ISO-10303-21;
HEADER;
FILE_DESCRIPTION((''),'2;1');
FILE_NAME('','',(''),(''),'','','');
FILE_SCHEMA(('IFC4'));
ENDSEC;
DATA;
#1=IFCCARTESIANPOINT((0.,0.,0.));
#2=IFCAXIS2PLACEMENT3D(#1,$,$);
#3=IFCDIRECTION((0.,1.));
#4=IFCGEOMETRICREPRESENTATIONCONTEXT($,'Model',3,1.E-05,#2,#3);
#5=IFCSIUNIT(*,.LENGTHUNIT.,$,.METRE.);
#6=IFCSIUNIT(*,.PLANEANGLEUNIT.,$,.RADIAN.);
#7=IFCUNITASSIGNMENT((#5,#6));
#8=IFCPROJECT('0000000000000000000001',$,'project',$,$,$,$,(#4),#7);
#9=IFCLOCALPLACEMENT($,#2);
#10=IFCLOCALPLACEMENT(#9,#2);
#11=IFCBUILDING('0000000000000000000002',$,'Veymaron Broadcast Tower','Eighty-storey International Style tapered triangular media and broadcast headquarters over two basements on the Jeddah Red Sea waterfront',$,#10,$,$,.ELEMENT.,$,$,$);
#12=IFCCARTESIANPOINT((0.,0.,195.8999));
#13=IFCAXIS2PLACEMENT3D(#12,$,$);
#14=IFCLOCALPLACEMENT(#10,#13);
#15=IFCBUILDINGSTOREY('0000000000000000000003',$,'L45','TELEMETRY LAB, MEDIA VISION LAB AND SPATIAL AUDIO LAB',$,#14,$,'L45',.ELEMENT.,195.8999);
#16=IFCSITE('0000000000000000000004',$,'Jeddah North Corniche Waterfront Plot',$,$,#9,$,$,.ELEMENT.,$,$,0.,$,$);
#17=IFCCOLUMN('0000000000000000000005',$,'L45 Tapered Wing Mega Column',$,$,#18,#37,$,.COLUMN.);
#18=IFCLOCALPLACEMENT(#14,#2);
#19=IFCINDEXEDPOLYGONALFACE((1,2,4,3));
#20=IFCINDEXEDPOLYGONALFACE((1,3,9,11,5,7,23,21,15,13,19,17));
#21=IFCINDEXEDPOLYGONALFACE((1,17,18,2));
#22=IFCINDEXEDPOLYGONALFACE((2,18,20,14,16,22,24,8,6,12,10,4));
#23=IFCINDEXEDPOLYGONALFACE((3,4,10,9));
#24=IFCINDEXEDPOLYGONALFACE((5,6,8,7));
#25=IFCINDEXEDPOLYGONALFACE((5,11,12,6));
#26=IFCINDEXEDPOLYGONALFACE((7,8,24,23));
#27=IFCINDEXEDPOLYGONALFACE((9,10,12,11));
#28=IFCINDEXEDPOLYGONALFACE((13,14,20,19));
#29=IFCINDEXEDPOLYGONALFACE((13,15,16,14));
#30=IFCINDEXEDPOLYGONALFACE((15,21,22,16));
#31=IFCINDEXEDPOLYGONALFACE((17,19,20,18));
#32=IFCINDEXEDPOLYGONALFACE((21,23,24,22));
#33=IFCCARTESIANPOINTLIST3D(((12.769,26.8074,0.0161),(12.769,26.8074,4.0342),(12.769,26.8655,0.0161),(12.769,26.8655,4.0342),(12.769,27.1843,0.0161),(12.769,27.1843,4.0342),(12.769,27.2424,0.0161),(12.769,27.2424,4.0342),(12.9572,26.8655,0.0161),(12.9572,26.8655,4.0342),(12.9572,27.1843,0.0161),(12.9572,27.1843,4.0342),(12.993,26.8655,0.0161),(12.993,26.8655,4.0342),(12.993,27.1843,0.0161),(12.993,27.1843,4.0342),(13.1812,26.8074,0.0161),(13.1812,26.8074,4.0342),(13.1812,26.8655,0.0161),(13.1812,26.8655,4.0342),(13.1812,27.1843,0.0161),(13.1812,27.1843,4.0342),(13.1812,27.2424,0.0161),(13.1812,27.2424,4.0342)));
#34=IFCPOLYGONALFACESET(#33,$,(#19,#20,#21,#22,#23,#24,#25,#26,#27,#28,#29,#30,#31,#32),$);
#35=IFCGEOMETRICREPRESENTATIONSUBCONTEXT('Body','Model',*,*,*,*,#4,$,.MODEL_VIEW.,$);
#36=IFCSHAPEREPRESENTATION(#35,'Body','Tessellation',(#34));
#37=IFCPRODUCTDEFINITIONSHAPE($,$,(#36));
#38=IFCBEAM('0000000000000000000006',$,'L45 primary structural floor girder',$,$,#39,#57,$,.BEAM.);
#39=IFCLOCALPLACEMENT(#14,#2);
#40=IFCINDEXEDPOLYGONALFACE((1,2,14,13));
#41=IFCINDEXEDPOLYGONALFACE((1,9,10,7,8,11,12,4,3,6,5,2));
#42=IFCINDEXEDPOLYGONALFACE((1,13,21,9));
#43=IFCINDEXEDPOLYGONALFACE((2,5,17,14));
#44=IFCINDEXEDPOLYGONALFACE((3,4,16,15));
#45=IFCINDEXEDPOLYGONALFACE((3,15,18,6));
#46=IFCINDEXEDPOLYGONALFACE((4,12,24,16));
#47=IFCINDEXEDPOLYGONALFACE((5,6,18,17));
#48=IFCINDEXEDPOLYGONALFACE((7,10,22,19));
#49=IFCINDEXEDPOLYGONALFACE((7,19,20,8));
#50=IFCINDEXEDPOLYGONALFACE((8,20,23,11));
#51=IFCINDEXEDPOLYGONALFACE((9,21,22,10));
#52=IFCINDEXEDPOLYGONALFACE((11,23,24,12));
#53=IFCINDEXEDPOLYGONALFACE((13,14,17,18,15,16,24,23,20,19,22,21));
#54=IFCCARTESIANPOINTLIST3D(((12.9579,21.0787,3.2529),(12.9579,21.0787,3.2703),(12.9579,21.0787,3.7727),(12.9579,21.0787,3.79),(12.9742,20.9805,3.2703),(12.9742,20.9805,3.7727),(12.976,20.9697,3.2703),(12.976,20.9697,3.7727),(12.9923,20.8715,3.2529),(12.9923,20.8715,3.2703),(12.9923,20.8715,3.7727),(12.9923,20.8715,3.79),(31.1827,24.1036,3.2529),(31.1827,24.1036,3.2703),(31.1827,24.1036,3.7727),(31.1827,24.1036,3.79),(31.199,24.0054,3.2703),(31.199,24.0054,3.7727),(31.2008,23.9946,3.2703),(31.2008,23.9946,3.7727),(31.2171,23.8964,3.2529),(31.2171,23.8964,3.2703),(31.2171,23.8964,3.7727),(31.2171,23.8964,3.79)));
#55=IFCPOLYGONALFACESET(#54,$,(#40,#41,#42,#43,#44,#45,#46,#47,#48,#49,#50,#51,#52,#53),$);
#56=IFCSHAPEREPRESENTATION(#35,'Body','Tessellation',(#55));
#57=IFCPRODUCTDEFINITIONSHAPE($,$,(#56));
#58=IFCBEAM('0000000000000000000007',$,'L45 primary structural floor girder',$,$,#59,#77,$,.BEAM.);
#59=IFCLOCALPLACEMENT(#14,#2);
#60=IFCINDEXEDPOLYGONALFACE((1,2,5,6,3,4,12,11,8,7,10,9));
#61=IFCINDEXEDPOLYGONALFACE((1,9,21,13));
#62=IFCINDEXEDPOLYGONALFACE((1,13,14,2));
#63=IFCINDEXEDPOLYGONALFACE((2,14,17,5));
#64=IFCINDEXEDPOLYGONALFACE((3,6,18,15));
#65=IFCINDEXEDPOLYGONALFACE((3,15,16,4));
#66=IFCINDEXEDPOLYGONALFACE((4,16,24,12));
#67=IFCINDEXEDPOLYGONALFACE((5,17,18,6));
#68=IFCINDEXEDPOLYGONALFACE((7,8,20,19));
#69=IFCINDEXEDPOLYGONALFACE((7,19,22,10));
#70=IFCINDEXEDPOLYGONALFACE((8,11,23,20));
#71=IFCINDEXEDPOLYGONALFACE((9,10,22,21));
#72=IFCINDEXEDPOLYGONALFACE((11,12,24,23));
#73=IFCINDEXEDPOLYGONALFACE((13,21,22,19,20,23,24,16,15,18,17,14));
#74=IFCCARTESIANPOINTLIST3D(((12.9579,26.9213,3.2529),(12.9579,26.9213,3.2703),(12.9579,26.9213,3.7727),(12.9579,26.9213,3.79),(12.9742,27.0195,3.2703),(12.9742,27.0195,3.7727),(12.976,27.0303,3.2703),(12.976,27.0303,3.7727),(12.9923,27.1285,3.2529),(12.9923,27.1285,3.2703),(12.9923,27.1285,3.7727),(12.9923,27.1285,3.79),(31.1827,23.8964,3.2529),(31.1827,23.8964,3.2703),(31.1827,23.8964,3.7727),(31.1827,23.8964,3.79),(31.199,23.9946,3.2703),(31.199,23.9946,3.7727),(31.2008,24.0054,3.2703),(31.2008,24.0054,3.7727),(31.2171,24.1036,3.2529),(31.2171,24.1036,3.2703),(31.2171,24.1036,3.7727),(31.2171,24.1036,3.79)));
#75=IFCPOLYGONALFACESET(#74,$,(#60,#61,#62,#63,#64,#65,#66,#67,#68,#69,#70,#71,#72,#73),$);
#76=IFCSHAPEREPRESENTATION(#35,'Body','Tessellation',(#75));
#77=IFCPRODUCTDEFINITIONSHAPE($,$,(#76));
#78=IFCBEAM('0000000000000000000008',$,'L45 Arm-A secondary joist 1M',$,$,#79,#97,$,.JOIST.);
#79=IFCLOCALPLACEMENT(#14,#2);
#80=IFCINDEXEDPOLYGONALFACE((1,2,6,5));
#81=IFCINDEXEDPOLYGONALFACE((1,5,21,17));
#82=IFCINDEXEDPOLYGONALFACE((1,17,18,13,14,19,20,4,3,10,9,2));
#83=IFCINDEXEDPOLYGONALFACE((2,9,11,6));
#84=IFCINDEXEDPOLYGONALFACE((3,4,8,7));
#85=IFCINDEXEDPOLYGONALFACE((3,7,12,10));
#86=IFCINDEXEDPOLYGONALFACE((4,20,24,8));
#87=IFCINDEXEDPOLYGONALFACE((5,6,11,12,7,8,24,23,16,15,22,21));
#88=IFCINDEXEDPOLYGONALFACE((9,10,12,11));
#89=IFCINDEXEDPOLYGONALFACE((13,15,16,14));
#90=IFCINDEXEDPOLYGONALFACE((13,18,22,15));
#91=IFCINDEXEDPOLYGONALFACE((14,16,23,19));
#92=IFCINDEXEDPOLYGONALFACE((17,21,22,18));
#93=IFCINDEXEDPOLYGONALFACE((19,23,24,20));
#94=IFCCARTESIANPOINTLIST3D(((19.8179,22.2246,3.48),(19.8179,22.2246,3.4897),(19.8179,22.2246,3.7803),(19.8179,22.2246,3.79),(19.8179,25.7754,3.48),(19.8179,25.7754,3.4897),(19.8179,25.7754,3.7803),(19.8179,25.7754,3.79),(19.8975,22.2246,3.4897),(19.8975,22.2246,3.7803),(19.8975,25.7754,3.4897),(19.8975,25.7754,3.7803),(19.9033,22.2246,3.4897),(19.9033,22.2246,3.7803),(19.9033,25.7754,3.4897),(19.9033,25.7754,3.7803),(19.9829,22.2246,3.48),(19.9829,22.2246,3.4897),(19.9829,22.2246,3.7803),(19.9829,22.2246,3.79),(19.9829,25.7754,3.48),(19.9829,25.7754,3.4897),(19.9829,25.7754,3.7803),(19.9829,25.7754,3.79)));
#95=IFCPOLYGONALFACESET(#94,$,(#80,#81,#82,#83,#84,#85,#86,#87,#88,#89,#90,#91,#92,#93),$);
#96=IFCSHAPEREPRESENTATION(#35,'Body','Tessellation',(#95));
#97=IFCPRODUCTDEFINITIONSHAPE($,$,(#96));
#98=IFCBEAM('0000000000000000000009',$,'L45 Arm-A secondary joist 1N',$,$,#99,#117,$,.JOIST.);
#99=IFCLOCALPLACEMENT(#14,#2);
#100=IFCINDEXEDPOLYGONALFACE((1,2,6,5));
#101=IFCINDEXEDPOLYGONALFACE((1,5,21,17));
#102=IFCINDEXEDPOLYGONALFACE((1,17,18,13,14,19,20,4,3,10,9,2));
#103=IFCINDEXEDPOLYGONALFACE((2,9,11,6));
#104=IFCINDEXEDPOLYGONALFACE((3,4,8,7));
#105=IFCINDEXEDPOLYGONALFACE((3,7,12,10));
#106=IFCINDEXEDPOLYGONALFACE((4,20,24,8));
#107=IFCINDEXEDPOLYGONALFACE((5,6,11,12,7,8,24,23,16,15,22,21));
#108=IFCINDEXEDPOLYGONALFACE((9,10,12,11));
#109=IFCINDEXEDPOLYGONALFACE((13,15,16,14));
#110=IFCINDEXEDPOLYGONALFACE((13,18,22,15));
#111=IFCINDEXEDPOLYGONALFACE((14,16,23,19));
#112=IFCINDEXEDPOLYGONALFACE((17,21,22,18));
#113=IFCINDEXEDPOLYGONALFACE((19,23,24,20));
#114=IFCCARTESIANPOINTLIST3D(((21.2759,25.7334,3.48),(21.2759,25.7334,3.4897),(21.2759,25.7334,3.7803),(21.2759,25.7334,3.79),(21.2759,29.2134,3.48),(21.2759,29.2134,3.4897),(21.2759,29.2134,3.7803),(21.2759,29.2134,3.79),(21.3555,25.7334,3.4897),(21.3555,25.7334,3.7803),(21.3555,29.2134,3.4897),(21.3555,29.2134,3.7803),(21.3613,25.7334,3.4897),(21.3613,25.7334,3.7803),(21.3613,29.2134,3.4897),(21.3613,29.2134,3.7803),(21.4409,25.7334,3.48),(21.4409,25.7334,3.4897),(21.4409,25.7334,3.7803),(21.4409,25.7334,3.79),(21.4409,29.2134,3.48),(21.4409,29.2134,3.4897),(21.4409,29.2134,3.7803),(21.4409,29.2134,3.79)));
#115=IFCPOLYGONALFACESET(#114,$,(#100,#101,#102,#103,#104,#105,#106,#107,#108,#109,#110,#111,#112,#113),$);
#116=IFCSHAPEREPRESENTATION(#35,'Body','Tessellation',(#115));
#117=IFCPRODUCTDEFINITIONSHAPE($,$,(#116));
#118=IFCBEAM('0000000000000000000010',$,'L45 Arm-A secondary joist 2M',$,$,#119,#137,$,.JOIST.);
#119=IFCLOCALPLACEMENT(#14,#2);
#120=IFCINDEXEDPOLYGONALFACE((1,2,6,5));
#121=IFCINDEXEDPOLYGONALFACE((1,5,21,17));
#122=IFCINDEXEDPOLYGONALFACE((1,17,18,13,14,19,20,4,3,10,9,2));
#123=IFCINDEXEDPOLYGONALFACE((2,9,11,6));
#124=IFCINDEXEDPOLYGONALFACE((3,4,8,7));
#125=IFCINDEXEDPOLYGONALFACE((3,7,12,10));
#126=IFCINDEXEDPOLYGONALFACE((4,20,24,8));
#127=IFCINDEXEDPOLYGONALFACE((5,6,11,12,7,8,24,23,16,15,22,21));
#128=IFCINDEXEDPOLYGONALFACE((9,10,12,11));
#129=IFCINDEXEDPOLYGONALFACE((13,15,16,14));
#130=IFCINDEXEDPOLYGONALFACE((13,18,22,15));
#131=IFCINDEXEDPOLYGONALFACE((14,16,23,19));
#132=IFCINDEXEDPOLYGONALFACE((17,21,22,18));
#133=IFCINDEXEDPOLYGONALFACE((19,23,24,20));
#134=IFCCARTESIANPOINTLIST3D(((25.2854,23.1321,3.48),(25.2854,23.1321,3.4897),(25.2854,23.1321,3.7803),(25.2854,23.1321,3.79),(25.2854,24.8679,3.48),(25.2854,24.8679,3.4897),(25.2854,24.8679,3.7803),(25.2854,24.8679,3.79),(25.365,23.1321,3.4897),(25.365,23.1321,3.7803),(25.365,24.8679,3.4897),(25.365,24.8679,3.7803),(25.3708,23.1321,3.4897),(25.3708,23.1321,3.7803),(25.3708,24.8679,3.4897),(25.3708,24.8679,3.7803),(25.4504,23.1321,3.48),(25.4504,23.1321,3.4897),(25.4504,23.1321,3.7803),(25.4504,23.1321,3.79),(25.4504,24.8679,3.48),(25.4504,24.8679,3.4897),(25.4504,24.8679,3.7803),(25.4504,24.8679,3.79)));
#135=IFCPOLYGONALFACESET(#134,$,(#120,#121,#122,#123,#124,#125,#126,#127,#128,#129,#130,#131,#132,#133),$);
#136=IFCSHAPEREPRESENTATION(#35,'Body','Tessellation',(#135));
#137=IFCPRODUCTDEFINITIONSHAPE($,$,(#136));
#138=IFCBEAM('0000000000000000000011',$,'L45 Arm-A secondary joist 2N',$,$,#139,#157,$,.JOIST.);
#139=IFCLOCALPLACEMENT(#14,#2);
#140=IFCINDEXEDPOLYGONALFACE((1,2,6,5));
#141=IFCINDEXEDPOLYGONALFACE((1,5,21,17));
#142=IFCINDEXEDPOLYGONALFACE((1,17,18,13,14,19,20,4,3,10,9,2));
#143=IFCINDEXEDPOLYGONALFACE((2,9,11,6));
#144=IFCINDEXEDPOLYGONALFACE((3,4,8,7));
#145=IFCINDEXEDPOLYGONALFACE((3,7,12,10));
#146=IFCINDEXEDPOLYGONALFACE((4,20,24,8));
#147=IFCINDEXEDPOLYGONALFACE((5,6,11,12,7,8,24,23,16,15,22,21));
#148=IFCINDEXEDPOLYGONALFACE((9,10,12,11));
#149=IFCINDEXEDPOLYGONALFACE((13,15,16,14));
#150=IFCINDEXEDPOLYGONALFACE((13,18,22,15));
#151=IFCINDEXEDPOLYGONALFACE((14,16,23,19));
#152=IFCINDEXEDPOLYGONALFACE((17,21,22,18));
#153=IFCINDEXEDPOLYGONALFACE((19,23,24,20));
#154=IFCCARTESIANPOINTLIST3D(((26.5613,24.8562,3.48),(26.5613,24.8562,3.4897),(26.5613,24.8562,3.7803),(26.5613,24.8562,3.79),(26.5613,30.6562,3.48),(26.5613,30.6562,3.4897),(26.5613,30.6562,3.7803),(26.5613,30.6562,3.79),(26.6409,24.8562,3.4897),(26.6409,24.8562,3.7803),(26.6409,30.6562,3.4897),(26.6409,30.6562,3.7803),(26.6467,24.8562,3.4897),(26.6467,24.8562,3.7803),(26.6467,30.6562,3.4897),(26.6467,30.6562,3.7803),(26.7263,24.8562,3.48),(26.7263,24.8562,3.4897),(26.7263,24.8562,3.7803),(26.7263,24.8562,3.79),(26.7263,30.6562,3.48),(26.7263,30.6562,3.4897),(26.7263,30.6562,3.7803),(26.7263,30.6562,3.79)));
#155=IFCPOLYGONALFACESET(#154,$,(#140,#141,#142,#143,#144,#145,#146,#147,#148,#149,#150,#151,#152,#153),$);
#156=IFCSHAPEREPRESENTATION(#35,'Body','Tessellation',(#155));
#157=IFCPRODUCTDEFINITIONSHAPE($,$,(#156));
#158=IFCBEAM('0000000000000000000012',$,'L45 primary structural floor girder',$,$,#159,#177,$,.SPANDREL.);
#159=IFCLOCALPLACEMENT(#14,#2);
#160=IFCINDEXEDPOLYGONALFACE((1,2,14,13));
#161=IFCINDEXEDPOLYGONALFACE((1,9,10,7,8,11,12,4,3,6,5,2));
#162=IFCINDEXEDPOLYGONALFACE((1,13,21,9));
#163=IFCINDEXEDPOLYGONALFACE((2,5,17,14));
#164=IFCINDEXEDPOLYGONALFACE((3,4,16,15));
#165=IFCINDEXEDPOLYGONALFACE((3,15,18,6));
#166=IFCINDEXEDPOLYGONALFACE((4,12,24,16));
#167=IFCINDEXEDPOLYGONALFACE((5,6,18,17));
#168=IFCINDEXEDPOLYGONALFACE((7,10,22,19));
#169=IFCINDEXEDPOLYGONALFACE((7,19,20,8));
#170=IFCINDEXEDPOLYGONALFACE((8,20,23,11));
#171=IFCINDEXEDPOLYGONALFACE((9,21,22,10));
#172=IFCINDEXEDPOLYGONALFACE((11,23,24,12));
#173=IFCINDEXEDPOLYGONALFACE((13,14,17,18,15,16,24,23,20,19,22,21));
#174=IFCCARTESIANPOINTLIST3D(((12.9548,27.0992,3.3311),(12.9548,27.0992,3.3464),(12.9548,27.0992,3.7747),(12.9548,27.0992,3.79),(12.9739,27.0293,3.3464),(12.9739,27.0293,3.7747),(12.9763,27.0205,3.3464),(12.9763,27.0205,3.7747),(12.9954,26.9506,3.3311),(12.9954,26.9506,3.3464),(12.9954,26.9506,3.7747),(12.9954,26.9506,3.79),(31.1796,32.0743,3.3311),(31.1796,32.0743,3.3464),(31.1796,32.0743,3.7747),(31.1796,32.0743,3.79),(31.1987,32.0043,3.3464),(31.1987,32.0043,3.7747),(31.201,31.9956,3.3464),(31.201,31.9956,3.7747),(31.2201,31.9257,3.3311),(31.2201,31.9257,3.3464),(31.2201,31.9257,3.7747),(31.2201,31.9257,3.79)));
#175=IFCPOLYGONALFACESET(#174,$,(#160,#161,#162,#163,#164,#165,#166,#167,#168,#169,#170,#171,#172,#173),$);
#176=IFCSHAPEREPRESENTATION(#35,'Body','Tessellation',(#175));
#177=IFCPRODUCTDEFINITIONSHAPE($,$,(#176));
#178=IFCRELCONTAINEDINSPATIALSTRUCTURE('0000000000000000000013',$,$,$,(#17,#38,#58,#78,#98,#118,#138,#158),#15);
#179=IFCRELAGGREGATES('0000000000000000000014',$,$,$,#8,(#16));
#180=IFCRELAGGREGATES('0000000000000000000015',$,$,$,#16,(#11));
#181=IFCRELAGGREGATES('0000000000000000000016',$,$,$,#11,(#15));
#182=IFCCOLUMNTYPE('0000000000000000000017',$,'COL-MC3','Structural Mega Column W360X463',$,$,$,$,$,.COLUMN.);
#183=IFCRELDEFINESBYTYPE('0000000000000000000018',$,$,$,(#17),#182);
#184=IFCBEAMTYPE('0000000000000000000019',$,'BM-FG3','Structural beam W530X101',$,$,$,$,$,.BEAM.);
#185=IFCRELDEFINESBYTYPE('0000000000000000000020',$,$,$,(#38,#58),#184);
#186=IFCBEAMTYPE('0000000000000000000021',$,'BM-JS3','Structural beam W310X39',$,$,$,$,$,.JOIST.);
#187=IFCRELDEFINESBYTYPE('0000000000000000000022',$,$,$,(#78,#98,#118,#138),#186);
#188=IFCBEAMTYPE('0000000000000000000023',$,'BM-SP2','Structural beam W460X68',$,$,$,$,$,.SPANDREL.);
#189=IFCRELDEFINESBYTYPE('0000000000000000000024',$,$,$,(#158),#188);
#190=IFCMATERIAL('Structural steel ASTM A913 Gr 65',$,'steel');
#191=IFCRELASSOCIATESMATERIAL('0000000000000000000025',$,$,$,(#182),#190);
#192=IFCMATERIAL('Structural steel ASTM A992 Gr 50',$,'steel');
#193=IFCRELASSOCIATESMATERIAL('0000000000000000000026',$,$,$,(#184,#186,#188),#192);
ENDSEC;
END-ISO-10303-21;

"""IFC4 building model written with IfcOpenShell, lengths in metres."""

from ifc_helpers import new_model, si_unit, direction, frame, origin, origin_2d, place, context, subcontext, project, spatial, i_section, extrude, material, material_profile, profile_set, type_object, element, save


model = new_model("IFC4")

# Units and contexts
model_context = context("Model", 3, precision=1e-05, world=origin(), true_north=direction((0.0, 1.0)))
body_context = subcontext(model_context, "Body", "Model", "MODEL_VIEW")
ifc_project = project(units=[si_unit("LENGTHUNIT", "METRE"), si_unit("PLANEANGLEUNIT", "RADIAN")], contexts=[model_context])

# Site, building, storey
site_placement = place(None, origin())
site = spatial("IfcSite", under=ifc_project, at=site_placement, Name="Jeddah North Corniche Waterfront Plot", CompositionType="ELEMENT", RefElevation=0.0)
building_placement = place(site_placement, origin())
building = spatial("IfcBuilding", under=site, at=building_placement, Name="Veymaron Broadcast Tower", Description="Eighty-storey International Style tapered triangular media and broadcast headquarters over two basements on the Jeddah Red Sea waterfront", CompositionType="ELEMENT")
storey_placement = place(building_placement, frame((0.0, 0.0, 195.8999)))
storey = spatial("IfcBuildingStorey", under=building, at=storey_placement, Name="L45", Description="TELEMETRY LAB, MEDIA VISION LAB AND SPATIAL AUDIO LAB", LongName="L45", CompositionType="ELEMENT", Elevation=195.8999)

# Column
ifc_material_1 = material(Name="Structural steel ASTM A913 Gr 65", Category="steel")
ifc_material_profile_1 = material_profile(ifc_material_1, i_section(OverallWidth=0.4121, OverallDepth=0.4351, WebThickness=0.0359, FlangeThickness=0.0581, at=origin_2d()), Name="W360X463")
ifc_profile_set_1 = profile_set([ifc_material_profile_1], Name="Structural steel ASTM A913 Gr 65")
column_type = type_object("IfcColumnType", Name="COL-MC3", Description="Structural Mega Column W360X463", PredefinedType="COLUMN", material=ifc_profile_set_1)
column_placement = place(storey_placement, frame((12.9751, 27.0249, 0.0161), z_axis=(0.0, 0.0, 1.0), x_axis=(1.0, 0.0, 0.0)))
element("IfcColumn", 1, at=column_placement, inside=storey, type_object=column_type, Name="L45 Tapered Wing Mega Column", PredefinedType="COLUMN", context=body_context, shape_type="SweptSolid", body=[
    extrude(i_section(OverallWidth=0.4121, OverallDepth=0.4351, WebThickness=0.0359, FlangeThickness=0.0581, at=origin_2d()), origin(), (0.0, 0.0, 1.0), 4.0181),
])

# Beams
ifc_material_2 = material(Name="Structural steel ASTM A992 Gr 50", Category="steel")
ifc_material_profile_2 = material_profile(ifc_material_2, i_section(OverallWidth=0.21, OverallDepth=0.5371, WebThickness=0.011, FlangeThickness=0.0173, at=origin_2d()), Name="W530X101")
ifc_profile_set_2 = profile_set([ifc_material_profile_2], Name="Structural steel ASTM A992 Gr 50")
beam_type_1 = type_object("IfcBeamType", Name="BM-FG3", Description="Structural beam W530X101", PredefinedType="BEAM", material=ifc_profile_set_2)
for number, where, z_axis, x_axis, name in (
    (2, (12.9751, 20.9751, 3.5215), (0.986504, 0.163737, 0.0), (-0.163737, 0.986504, 0.0), "L45 primary structural floor girder"),
    (3, (12.9751, 27.0249, 3.5215), (0.986504, -0.163737, 0.0), (0.163737, 0.986504, 0.0), "L45 primary structural floor girder"),
):
    element("IfcBeam", number, at=place(storey_placement, frame(where, z_axis=z_axis, x_axis=x_axis)), inside=storey, type_object=beam_type_1, Name=name, PredefinedType="BEAM", context=body_context, shape_type="SweptSolid", body=[
        extrude(i_section(OverallWidth=0.21, OverallDepth=0.5371, WebThickness=0.011, FlangeThickness=0.0173, at=origin_2d()), origin(), (0.0, 0.0, 1.0), 18.4741),
    ])
ifc_material_profile_3 = material_profile(ifc_material_2, i_section(OverallWidth=0.165, OverallDepth=0.3101, WebThickness=0.0059, FlangeThickness=0.0098, at=origin_2d()), Name="W310X39")
ifc_profile_set_3 = profile_set([ifc_material_profile_3], Name="Structural steel ASTM A992 Gr 50")
beam_type_2 = type_object("IfcBeamType", Name="BM-JS3", Description="Structural beam W310X39", PredefinedType="JOIST", material=ifc_profile_set_3)
beam_1_placement = place(storey_placement, frame((19.9004, 22.2246, 3.635), z_axis=(0.0, 1.0, 0.0), x_axis=(-1.0, 0.0, 0.0)))
element("IfcBeam", 4, at=beam_1_placement, inside=storey, type_object=beam_type_2, Name="L45 Arm-A secondary joist 1M", PredefinedType="JOIST", context=body_context, shape_type="SweptSolid", body=[
    extrude(i_section(OverallWidth=0.165, OverallDepth=0.3101, WebThickness=0.0059, FlangeThickness=0.0098, at=origin_2d()), origin(), (0.0, 0.0, 1.0), 3.5508),
])
beam_2_placement = place(storey_placement, frame((21.3584, 25.7334, 3.635), z_axis=(0.0, 1.0, 0.0), x_axis=(-1.0, 0.0, 0.0)))
element("IfcBeam", 5, at=beam_2_placement, inside=storey, type_object=beam_type_2, Name="L45 Arm-A secondary joist 1N", PredefinedType="JOIST", context=body_context, shape_type="SweptSolid", body=[
    extrude(i_section(OverallWidth=0.165, OverallDepth=0.3101, WebThickness=0.0059, FlangeThickness=0.0098, at=origin_2d()), origin(), (0.0, 0.0, 1.0), 3.48),
])
beam_3_placement = place(storey_placement, frame((25.3679, 23.1321, 3.635), z_axis=(0.0, 1.0, 0.0), x_axis=(-1.0, 0.0, 0.0)))
element("IfcBeam", 6, at=beam_3_placement, inside=storey, type_object=beam_type_2, Name="L45 Arm-A secondary joist 2M", PredefinedType="JOIST", context=body_context, shape_type="SweptSolid", body=[
    extrude(i_section(OverallWidth=0.165, OverallDepth=0.3101, WebThickness=0.0059, FlangeThickness=0.0098, at=origin_2d()), origin(), (0.0, 0.0, 1.0), 1.7358),
])
beam_4_placement = place(storey_placement, frame((26.6438, 24.8562, 3.635), z_axis=(0.0, 1.0, 0.0), x_axis=(-1.0, 0.0, 0.0)))
element("IfcBeam", 7, at=beam_4_placement, inside=storey, type_object=beam_type_2, Name="L45 Arm-A secondary joist 2N", PredefinedType="JOIST", context=body_context, shape_type="SweptSolid", body=[
    extrude(i_section(OverallWidth=0.165, OverallDepth=0.3101, WebThickness=0.0059, FlangeThickness=0.0098, at=origin_2d()), origin(), (0.0, 0.0, 1.0), 5.8),
])
ifc_material_profile_4 = material_profile(ifc_material_2, i_section(OverallWidth=0.1541, OverallDepth=0.459, WebThickness=0.009, FlangeThickness=0.0154, at=origin_2d()), Name="W460X68")
ifc_profile_set_4 = profile_set([ifc_material_profile_4], Name="Structural steel ASTM A992 Gr 50")
beam_type_3 = type_object("IfcBeamType", Name="BM-SP2", Description="Structural beam W460X68", PredefinedType="SPANDREL", material=ifc_profile_set_4)
beam_5_placement = place(storey_placement, frame((12.9751, 27.0249, 3.5605), z_axis=(0.964701, 0.263348, 0.0), x_axis=(-0.263348, 0.964701, 0.0)))
element("IfcBeam", 8, at=beam_5_placement, inside=storey, type_object=beam_type_3, Name="L45 primary structural floor girder", PredefinedType="SPANDREL", context=body_context, shape_type="SweptSolid", body=[
    extrude(i_section(OverallWidth=0.1541, OverallDepth=0.459, WebThickness=0.009, FlangeThickness=0.0154, at=origin_2d()), origin(), (0.0, 0.0, 1.0), 18.8916),
])

save(model, "model.ifc")
